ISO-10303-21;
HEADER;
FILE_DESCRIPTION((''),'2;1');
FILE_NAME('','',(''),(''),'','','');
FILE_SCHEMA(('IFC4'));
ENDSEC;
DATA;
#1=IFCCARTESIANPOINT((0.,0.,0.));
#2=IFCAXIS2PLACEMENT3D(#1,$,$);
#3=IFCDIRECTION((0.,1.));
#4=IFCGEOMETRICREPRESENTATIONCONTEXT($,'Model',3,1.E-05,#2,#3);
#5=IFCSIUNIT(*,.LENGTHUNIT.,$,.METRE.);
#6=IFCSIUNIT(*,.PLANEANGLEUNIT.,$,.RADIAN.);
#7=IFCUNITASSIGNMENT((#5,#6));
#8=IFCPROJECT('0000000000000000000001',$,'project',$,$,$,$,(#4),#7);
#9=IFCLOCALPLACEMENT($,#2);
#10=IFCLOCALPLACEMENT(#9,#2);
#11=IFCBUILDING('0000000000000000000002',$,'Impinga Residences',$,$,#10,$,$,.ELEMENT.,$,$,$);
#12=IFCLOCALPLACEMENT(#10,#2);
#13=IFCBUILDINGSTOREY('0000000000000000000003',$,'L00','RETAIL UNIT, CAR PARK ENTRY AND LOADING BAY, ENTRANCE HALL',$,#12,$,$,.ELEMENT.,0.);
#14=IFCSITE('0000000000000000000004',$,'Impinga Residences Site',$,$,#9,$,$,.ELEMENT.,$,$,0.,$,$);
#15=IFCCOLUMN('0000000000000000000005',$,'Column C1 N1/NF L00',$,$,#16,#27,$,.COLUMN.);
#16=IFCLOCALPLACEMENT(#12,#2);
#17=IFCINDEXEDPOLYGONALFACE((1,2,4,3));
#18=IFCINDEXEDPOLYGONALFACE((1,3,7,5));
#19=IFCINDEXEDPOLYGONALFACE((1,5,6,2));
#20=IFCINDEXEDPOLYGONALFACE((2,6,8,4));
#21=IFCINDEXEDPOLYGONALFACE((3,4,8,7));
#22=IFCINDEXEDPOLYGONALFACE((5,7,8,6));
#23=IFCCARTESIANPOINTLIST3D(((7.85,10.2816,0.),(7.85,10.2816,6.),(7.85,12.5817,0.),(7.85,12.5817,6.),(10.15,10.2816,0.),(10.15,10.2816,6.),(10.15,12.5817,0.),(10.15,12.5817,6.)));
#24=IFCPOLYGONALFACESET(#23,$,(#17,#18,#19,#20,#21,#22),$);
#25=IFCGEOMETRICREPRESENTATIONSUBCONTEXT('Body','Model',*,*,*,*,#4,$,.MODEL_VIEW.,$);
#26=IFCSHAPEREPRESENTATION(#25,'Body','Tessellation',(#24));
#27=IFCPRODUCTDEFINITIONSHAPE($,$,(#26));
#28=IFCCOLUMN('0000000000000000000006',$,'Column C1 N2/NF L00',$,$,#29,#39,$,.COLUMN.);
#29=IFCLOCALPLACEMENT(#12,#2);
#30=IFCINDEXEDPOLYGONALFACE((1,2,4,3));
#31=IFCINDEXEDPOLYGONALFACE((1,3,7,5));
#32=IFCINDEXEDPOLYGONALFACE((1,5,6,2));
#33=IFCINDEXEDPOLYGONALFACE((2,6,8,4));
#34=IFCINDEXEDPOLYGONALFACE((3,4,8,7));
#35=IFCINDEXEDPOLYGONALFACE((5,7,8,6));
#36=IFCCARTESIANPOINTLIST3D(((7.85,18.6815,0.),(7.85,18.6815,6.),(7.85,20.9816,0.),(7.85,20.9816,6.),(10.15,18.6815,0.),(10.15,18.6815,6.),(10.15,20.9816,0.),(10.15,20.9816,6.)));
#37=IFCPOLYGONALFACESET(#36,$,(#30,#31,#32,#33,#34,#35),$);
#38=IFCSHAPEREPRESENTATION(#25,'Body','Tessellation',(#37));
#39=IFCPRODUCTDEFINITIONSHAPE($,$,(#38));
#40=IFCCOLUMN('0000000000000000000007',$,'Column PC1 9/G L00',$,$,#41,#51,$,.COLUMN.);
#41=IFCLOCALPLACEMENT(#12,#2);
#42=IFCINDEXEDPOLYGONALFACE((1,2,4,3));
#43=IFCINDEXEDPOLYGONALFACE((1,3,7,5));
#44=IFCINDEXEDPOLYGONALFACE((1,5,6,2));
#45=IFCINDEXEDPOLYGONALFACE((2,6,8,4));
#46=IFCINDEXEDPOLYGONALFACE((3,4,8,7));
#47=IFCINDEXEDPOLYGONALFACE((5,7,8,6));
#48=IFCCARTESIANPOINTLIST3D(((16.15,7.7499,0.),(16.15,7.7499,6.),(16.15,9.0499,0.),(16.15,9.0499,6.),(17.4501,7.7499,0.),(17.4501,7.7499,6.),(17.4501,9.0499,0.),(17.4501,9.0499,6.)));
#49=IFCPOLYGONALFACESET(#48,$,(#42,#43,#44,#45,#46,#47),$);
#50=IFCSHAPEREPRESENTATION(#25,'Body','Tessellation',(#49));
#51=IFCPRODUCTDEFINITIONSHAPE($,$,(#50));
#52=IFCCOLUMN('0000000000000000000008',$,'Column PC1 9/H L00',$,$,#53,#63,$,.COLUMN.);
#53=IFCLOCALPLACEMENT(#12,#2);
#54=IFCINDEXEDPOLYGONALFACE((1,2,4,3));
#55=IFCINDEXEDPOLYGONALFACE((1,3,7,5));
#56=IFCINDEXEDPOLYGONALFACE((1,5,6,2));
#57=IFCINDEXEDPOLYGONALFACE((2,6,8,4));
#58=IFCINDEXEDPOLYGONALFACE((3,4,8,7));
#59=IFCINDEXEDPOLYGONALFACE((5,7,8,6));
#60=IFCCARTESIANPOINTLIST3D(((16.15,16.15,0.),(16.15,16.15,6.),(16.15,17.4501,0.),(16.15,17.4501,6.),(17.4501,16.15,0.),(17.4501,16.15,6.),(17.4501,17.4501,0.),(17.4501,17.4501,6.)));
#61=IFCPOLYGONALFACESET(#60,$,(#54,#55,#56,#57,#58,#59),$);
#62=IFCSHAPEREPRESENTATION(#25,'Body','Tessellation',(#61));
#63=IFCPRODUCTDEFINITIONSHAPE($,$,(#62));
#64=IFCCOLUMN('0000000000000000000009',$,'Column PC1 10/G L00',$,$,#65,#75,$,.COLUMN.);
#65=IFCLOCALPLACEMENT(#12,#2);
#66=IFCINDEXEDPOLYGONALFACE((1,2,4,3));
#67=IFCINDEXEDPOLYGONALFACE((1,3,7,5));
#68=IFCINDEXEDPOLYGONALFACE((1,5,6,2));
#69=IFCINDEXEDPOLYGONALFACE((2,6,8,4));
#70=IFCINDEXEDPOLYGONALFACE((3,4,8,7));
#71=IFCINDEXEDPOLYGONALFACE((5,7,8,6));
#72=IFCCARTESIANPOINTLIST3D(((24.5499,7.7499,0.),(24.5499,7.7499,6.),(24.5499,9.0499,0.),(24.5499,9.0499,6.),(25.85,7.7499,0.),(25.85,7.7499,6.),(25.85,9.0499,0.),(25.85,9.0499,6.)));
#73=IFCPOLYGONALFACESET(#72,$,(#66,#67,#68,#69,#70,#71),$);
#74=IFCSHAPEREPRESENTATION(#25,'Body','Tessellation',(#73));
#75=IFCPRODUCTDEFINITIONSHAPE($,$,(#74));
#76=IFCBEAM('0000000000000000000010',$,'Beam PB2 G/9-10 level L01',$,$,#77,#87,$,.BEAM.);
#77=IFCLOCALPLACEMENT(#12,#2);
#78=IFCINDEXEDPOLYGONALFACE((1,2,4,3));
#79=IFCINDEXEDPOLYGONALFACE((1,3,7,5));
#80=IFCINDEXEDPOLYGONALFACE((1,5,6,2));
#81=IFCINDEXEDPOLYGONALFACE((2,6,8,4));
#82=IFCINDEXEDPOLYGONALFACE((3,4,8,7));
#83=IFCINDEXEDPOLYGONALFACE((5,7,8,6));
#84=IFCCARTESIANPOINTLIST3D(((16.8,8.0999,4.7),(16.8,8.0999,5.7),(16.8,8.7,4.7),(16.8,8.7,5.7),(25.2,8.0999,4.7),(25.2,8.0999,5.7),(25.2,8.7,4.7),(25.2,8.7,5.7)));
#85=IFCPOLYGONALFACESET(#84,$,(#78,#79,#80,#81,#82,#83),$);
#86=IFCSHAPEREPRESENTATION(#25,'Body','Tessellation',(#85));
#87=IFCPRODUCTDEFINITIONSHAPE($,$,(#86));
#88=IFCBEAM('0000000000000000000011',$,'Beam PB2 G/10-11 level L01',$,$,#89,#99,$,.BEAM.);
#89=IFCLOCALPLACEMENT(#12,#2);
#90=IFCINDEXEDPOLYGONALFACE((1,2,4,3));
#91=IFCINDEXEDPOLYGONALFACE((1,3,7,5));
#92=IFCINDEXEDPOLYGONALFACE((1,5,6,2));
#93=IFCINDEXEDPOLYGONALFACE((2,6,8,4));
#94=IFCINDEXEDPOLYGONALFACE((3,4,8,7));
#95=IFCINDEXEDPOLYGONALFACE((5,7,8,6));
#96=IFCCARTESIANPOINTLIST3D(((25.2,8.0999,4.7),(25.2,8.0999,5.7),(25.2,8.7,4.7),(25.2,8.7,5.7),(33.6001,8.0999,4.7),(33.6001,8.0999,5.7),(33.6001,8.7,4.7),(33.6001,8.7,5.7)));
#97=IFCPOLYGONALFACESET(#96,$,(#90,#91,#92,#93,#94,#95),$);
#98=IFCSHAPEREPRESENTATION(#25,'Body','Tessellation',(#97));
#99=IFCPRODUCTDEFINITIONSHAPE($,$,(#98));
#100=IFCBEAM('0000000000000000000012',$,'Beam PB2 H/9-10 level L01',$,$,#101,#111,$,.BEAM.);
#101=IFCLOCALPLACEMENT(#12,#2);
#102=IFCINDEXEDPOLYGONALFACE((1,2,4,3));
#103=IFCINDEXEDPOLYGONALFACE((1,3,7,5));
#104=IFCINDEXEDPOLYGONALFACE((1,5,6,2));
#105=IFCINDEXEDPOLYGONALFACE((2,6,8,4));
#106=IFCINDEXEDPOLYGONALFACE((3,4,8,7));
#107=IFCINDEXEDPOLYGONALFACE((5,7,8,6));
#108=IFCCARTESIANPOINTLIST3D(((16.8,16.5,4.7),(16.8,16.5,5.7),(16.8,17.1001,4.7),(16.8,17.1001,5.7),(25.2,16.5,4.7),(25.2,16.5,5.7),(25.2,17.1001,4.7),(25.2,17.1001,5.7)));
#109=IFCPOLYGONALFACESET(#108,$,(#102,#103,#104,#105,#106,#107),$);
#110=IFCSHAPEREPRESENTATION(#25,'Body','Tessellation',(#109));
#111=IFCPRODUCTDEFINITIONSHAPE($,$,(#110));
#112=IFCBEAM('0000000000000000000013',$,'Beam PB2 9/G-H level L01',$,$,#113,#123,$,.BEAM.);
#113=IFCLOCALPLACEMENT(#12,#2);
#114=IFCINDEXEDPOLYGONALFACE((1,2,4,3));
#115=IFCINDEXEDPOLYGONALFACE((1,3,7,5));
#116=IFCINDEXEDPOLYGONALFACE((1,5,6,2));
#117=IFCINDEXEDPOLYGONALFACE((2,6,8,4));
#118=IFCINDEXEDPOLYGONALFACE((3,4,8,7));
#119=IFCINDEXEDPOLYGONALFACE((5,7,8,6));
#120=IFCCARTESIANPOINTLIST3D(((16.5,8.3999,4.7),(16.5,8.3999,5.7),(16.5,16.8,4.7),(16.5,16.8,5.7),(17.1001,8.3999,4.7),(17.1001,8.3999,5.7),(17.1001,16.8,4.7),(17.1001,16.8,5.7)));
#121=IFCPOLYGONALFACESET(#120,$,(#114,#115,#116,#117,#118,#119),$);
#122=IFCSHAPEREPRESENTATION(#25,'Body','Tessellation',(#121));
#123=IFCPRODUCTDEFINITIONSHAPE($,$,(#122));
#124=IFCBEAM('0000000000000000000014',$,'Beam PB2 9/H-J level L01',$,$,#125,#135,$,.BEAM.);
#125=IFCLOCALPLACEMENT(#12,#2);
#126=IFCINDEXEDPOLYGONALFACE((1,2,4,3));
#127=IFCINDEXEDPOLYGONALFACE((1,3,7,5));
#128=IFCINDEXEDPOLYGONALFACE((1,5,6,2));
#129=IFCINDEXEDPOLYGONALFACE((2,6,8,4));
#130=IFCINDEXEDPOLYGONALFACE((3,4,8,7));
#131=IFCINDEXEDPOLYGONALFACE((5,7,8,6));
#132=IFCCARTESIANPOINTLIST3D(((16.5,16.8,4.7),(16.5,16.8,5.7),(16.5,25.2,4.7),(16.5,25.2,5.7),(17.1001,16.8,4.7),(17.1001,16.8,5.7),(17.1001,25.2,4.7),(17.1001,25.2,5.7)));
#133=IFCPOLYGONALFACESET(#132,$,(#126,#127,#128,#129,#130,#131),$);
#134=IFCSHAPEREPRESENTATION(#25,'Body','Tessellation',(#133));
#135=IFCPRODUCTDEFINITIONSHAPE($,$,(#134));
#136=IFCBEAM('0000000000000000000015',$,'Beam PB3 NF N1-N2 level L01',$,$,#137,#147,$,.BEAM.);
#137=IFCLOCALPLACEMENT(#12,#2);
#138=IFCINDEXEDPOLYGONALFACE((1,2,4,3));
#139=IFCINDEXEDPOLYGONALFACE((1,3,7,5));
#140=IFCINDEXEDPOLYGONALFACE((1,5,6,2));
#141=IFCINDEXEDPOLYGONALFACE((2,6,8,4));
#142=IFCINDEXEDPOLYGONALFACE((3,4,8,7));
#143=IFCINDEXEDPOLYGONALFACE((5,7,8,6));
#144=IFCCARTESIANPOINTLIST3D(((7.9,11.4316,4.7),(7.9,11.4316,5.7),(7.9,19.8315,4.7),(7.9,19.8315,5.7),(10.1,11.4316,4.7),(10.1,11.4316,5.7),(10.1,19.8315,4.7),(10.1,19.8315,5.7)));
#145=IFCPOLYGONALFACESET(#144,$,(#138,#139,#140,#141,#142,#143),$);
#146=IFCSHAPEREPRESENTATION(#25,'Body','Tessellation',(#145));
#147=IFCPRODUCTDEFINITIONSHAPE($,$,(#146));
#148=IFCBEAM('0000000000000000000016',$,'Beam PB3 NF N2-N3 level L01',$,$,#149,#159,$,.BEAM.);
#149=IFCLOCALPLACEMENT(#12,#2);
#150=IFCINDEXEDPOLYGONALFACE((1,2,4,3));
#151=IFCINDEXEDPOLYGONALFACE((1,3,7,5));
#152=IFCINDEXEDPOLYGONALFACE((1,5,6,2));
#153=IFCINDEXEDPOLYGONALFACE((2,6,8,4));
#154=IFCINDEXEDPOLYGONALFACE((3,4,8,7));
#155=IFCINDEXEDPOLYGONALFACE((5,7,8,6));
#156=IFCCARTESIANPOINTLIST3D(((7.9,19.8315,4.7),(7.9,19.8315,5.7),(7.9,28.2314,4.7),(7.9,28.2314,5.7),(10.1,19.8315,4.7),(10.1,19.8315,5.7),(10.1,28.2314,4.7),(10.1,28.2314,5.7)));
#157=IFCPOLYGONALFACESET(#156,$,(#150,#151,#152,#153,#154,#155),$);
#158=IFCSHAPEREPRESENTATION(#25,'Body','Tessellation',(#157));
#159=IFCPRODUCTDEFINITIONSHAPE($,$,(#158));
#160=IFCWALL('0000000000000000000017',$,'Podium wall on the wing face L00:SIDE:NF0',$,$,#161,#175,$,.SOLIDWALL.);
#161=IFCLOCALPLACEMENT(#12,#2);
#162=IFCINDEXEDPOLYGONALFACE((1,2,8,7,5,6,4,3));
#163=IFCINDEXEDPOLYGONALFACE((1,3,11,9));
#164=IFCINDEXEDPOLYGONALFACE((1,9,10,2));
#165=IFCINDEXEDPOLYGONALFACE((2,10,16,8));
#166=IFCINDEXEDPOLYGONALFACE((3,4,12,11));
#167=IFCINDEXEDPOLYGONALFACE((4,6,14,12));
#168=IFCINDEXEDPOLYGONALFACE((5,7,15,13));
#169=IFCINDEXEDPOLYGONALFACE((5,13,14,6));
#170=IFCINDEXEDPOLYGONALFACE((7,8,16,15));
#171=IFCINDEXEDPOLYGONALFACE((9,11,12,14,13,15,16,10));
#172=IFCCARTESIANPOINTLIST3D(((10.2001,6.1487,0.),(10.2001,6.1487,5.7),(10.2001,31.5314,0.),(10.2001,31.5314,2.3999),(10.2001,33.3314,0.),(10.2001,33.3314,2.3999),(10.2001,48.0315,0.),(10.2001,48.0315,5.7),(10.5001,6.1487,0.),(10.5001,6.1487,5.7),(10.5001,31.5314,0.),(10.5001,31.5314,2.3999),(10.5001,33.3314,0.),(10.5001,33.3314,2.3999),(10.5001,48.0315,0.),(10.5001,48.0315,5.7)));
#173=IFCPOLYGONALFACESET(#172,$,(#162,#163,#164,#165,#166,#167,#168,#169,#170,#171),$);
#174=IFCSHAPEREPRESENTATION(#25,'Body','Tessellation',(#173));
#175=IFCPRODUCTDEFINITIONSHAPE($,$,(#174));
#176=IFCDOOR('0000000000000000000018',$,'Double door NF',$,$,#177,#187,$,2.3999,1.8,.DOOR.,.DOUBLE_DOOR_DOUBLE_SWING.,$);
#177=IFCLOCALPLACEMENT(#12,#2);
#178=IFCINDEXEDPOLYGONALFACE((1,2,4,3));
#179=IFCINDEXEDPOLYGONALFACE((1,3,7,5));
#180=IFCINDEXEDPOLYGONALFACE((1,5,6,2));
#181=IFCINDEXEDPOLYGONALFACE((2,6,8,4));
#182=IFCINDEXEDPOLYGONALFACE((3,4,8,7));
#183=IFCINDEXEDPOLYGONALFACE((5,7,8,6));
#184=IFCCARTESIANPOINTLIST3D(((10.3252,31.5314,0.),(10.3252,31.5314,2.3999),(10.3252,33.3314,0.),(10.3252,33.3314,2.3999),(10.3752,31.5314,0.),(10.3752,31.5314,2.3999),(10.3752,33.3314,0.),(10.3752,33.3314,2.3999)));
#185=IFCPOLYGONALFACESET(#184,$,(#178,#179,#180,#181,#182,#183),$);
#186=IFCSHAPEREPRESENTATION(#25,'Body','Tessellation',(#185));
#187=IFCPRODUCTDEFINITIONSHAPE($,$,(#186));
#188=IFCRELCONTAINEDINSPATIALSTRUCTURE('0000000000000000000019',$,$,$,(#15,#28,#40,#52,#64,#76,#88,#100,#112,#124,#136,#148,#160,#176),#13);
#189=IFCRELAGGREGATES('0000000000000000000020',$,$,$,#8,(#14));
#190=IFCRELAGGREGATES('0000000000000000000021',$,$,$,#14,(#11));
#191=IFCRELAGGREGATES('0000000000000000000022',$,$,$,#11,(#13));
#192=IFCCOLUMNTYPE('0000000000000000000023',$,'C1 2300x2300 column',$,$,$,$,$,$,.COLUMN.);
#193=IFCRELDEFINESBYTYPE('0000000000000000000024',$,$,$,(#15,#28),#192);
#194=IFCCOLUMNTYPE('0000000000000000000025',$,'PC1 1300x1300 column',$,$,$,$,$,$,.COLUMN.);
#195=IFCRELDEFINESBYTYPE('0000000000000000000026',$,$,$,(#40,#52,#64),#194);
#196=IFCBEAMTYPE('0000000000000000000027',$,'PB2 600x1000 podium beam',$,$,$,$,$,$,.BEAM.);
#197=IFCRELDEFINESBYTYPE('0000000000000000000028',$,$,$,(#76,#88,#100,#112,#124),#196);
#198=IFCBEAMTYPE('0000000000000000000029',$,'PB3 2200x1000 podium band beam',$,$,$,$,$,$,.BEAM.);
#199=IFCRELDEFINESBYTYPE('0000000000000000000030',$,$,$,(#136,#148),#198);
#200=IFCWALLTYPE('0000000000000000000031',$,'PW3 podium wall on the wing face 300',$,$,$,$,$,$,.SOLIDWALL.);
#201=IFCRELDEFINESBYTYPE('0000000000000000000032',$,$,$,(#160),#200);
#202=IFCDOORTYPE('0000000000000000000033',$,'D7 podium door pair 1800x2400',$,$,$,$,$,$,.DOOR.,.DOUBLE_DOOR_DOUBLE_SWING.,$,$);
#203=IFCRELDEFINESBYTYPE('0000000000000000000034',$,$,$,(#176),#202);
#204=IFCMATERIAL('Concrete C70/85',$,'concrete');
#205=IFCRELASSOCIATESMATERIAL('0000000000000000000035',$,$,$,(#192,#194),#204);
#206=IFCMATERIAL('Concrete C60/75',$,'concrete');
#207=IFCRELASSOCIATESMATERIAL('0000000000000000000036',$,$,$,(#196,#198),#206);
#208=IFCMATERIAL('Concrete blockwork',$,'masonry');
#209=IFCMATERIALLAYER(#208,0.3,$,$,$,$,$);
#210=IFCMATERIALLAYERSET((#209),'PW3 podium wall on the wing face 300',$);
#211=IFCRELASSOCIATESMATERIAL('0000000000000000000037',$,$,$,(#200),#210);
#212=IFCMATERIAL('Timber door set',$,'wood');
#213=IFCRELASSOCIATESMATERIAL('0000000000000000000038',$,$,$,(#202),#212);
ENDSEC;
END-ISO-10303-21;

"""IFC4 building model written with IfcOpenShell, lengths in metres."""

from ifc_helpers import new_model, si_unit, direction, frame, frame_2d, origin, origin_2d, place, context, subcontext, project, spatial, rectangle, extrude, material, layer, layer_set, material_profile, profile_set, type_object, element, fill, save


model = new_model("IFC4")

# Units and contexts
model_context = context("Model", 3, precision=1e-05, world=origin(), true_north=direction((0.0, 1.0)))
body_context = subcontext(model_context, "Body", "Model", "MODEL_VIEW")
ifc_project = project(units=[si_unit("LENGTHUNIT", "METRE"), si_unit("PLANEANGLEUNIT", "RADIAN")], contexts=[model_context])

# Site, building, storey
site_placement = place(None, origin())
site = spatial("IfcSite", under=ifc_project, at=site_placement, Name="Impinga Residences Site", CompositionType="ELEMENT", RefElevation=0.0)
building_placement = place(site_placement, origin())
building = spatial("IfcBuilding", under=site, at=building_placement, Name="Impinga Residences", CompositionType="ELEMENT")
storey_placement = place(building_placement, origin())
storey = spatial("IfcBuildingStorey", under=building, at=storey_placement, Name="L00", Description="RETAIL UNIT, CAR PARK ENTRY AND LOADING BAY, ENTRANCE HALL", CompositionType="ELEMENT", Elevation=0.0)

# Columns
ifc_material_1 = material(Name="Concrete C70/85", Category="concrete")
ifc_material_profile_1 = material_profile(ifc_material_1, rectangle(XDim=2.3, YDim=2.3, at=origin_2d()), Name="RC 2300x2300")
ifc_profile_set_1 = profile_set([ifc_material_profile_1], Name="Concrete C70/85")
column_type_1 = type_object("IfcColumnType", Name="C1 2300x2300 column", PredefinedType="COLUMN", material=ifc_profile_set_1)
for number, where, z_axis, x_axis, name in (
    (1, (9.0, 11.4316, 0.0), (0.0, 0.0, 1.0), (1.0, 0.0, 0.0), "Column C1 N1/NF L00"),
    (2, (9.0, 19.8315, 0.0), (0.0, 0.0, 1.0), (1.0, 0.0, 0.0), "Column C1 N2/NF L00"),
):
    element("IfcColumn", number, at=place(storey_placement, frame(where, z_axis=z_axis, x_axis=x_axis)), inside=storey, type_object=column_type_1, Name=name, PredefinedType="COLUMN", context=body_context, shape_type="SweptSolid", body=[
        extrude(rectangle(XDim=2.3, YDim=2.3, at=origin_2d()), origin(), (0.0, 0.0, 1.0), 6.0),
    ])
ifc_material_profile_2 = material_profile(ifc_material_1, rectangle(XDim=1.3, YDim=1.3, at=origin_2d()), Name="RC 1300x1300")
ifc_profile_set_2 = profile_set([ifc_material_profile_2], Name="Concrete C70/85")
column_type_2 = type_object("IfcColumnType", Name="PC1 1300x1300 column", PredefinedType="COLUMN", material=ifc_profile_set_2)
for number, where, z_axis, x_axis, name in (
    (3, (16.8, 8.3999, 0.0), (0.0, 0.0, 1.0), (1.0, 0.0, 0.0), "Column PC1 9/G L00"),
    (4, (16.8, 16.8, 0.0), (0.0, 0.0, 1.0), (1.0, 0.0, 0.0), "Column PC1 9/H L00"),
    (5, (25.2, 8.3999, 0.0), (0.0, 0.0, 1.0), (1.0, 0.0, 0.0), "Column PC1 10/G L00"),
):
    element("IfcColumn", number, at=place(storey_placement, frame(where, z_axis=z_axis, x_axis=x_axis)), inside=storey, type_object=column_type_2, Name=name, PredefinedType="COLUMN", context=body_context, shape_type="SweptSolid", body=[
        extrude(rectangle(XDim=1.3, YDim=1.3, at=origin_2d()), origin(), (0.0, 0.0, 1.0), 6.0),
    ])

# Beams
ifc_material_2 = material(Name="Concrete C60/75", Category="concrete")
ifc_material_profile_3 = material_profile(ifc_material_2, rectangle(XDim=0.6001, YDim=1.0, at=origin_2d()), Name="RC 600x1000")
ifc_profile_set_3 = profile_set([ifc_material_profile_3], Name="Concrete C60/75")
beam_type_1 = type_object("IfcBeamType", Name="PB2 600x1000 podium beam", PredefinedType="BEAM", material=ifc_profile_set_3)
beam_1_placement = place(storey_placement, frame((16.8, 8.3999, 5.2), z_axis=(1.0, 0.0, 0.0), x_axis=(0.0, 1.0, 0.0)))
element("IfcBeam", 6, at=beam_1_placement, inside=storey, type_object=beam_type_1, Name="Beam PB2 G/9-10 level L01", PredefinedType="BEAM", context=body_context, shape_type="SweptSolid", body=[
    extrude(rectangle(XDim=0.6001, YDim=1.0, at=origin_2d()), origin(), (0.0, 0.0, 1.0), 8.3999),
])
beam_2_placement = place(storey_placement, frame((25.2, 8.3999, 5.2), z_axis=(1.0, 0.0, 0.0), x_axis=(0.0, 1.0, 0.0)))
element("IfcBeam", 7, at=beam_2_placement, inside=storey, type_object=beam_type_1, Name="Beam PB2 G/10-11 level L01", PredefinedType="BEAM", context=body_context, shape_type="SweptSolid", body=[
    extrude(rectangle(XDim=0.6001, YDim=1.0, at=origin_2d()), origin(), (0.0, 0.0, 1.0), 8.4001),
])
beam_3_placement = place(storey_placement, frame((16.8, 16.8, 5.2), z_axis=(1.0, 0.0, 0.0), x_axis=(0.0, 1.0, 0.0)))
element("IfcBeam", 8, at=beam_3_placement, inside=storey, type_object=beam_type_1, Name="Beam PB2 H/9-10 level L01", PredefinedType="BEAM", context=body_context, shape_type="SweptSolid", body=[
    extrude(rectangle(XDim=0.6001, YDim=1.0, at=origin_2d()), origin(), (0.0, 0.0, 1.0), 8.3999),
])
beam_4_placement = place(storey_placement, frame((16.8, 8.3999, 5.2), z_axis=(0.0, 1.0, 0.0), x_axis=(-1.0, 0.0, 0.0)))
element("IfcBeam", 9, at=beam_4_placement, inside=storey, type_object=beam_type_1, Name="Beam PB2 9/G-H level L01", PredefinedType="BEAM", context=body_context, shape_type="SweptSolid", body=[
    extrude(rectangle(XDim=0.6001, YDim=1.0, at=origin_2d()), origin(), (0.0, 0.0, 1.0), 8.4001),
])
beam_5_placement = place(storey_placement, frame((16.8, 16.8, 5.2), z_axis=(0.0, 1.0, 0.0), x_axis=(-1.0, 0.0, 0.0)))
element("IfcBeam", 10, at=beam_5_placement, inside=storey, type_object=beam_type_1, Name="Beam PB2 9/H-J level L01", PredefinedType="BEAM", context=body_context, shape_type="SweptSolid", body=[
    extrude(rectangle(XDim=0.6001, YDim=1.0, at=origin_2d()), origin(), (0.0, 0.0, 1.0), 8.3999),
])
ifc_material_profile_4 = material_profile(ifc_material_2, rectangle(XDim=2.2, YDim=1.0, at=origin_2d()), Name="RC 2200x1000")
ifc_profile_set_4 = profile_set([ifc_material_profile_4], Name="Concrete C60/75")
beam_type_2 = type_object("IfcBeamType", Name="PB3 2200x1000 podium band beam", PredefinedType="BEAM", material=ifc_profile_set_4)
for number, where, z_axis, x_axis, name in (
    (11, (9.0, 11.4316, 5.2), (0.0, 1.0, 0.0), (-1.0, 0.0, 0.0), "Beam PB3 NF N1-N2 level L01"),
    (12, (9.0, 19.8315, 5.2), (0.0, 1.0, 0.0), (-1.0, 0.0, 0.0), "Beam PB3 NF N2-N3 level L01"),
):
    element("IfcBeam", number, at=place(storey_placement, frame(where, z_axis=z_axis, x_axis=x_axis)), inside=storey, type_object=beam_type_2, Name=name, PredefinedType="BEAM", context=body_context, shape_type="SweptSolid", body=[
        extrude(rectangle(XDim=2.2, YDim=1.0, at=origin_2d()), origin(), (0.0, 0.0, 1.0), 8.3999),
    ])

# Wall, opening, door
ifc_material_3 = material(Name="Concrete blockwork", Category="masonry")
ifc_layer_1 = layer(ifc_material_3, 0.3)
ifc_layer_set_1 = layer_set([ifc_layer_1], Name="PW3 podium wall on the wing face 300")
wall_type_1 = type_object("IfcWallType", Name="PW3 podium wall on the wing face 300", PredefinedType="SOLIDWALL", material=ifc_layer_set_1)
wall_1_placement = place(storey_placement, frame((10.3501, 6.1487, 0.0), z_axis=(0.0, 0.0, 1.0), x_axis=(0.0, 1.0, 0.0)))
wall_1 = element("IfcWall", 13, at=wall_1_placement, inside=storey, type_object=wall_type_1, Name="Podium wall on the wing face L00:SIDE:NF0", PredefinedType="SOLIDWALL", context=body_context, shape_type="SweptSolid", body=[
    extrude(rectangle(XDim=41.8828, YDim=0.3, at=frame_2d((20.9414, 0.0))), origin(), (0.0, 0.0, 1.0), 5.7),
])
opening_1_placement = place(wall_1_placement, frame((25.3828, 0.0, 0.0)))
opening_1 = element("IfcOpeningElement", 14, at=opening_1_placement, cuts=wall_1, PredefinedType="OPENING", context=body_context, shape_type="SweptSolid", body=[
    extrude(rectangle(XDim=1.8, YDim=2.3999, at=frame_2d((0.8999, 1.2))), frame((0.0, 0.1599, 0.0), z_axis=(0.0, -1.0, 0.0), x_axis=(1.0, 0.0, 0.0)), (0.0, 0.0, 1.0), 0.3201),
])
ifc_material_4 = material(Name="Timber door set", Category="wood")
door_type = type_object("IfcDoorType", Name="D7 podium door pair 1800x2400", OperationType="DOUBLE_DOOR_DOUBLE_SWING", PredefinedType="DOOR", material=ifc_material_4)
door_1_placement = place(opening_1_placement, origin())
door_1 = element("IfcDoor", 15, at=door_1_placement, inside=storey, type_object=door_type, Name="Double door NF", OperationType="DOUBLE_DOOR_DOUBLE_SWING", OverallHeight=2.3999, OverallWidth=1.8, PredefinedType="DOOR", context=body_context, shape_type="SweptSolid", body=[
    extrude(rectangle(XDim=1.8, YDim=2.3999, at=frame_2d((0.8999, 1.2))), frame((0.0, 0.0249, 0.0), z_axis=(0.0, -1.0, 0.0), x_axis=(1.0, 0.0, 0.0)), (0.0, 0.0, 1.0), 0.05),
])
fill(opening_1, door_1)

save(model, "model.ifc")
